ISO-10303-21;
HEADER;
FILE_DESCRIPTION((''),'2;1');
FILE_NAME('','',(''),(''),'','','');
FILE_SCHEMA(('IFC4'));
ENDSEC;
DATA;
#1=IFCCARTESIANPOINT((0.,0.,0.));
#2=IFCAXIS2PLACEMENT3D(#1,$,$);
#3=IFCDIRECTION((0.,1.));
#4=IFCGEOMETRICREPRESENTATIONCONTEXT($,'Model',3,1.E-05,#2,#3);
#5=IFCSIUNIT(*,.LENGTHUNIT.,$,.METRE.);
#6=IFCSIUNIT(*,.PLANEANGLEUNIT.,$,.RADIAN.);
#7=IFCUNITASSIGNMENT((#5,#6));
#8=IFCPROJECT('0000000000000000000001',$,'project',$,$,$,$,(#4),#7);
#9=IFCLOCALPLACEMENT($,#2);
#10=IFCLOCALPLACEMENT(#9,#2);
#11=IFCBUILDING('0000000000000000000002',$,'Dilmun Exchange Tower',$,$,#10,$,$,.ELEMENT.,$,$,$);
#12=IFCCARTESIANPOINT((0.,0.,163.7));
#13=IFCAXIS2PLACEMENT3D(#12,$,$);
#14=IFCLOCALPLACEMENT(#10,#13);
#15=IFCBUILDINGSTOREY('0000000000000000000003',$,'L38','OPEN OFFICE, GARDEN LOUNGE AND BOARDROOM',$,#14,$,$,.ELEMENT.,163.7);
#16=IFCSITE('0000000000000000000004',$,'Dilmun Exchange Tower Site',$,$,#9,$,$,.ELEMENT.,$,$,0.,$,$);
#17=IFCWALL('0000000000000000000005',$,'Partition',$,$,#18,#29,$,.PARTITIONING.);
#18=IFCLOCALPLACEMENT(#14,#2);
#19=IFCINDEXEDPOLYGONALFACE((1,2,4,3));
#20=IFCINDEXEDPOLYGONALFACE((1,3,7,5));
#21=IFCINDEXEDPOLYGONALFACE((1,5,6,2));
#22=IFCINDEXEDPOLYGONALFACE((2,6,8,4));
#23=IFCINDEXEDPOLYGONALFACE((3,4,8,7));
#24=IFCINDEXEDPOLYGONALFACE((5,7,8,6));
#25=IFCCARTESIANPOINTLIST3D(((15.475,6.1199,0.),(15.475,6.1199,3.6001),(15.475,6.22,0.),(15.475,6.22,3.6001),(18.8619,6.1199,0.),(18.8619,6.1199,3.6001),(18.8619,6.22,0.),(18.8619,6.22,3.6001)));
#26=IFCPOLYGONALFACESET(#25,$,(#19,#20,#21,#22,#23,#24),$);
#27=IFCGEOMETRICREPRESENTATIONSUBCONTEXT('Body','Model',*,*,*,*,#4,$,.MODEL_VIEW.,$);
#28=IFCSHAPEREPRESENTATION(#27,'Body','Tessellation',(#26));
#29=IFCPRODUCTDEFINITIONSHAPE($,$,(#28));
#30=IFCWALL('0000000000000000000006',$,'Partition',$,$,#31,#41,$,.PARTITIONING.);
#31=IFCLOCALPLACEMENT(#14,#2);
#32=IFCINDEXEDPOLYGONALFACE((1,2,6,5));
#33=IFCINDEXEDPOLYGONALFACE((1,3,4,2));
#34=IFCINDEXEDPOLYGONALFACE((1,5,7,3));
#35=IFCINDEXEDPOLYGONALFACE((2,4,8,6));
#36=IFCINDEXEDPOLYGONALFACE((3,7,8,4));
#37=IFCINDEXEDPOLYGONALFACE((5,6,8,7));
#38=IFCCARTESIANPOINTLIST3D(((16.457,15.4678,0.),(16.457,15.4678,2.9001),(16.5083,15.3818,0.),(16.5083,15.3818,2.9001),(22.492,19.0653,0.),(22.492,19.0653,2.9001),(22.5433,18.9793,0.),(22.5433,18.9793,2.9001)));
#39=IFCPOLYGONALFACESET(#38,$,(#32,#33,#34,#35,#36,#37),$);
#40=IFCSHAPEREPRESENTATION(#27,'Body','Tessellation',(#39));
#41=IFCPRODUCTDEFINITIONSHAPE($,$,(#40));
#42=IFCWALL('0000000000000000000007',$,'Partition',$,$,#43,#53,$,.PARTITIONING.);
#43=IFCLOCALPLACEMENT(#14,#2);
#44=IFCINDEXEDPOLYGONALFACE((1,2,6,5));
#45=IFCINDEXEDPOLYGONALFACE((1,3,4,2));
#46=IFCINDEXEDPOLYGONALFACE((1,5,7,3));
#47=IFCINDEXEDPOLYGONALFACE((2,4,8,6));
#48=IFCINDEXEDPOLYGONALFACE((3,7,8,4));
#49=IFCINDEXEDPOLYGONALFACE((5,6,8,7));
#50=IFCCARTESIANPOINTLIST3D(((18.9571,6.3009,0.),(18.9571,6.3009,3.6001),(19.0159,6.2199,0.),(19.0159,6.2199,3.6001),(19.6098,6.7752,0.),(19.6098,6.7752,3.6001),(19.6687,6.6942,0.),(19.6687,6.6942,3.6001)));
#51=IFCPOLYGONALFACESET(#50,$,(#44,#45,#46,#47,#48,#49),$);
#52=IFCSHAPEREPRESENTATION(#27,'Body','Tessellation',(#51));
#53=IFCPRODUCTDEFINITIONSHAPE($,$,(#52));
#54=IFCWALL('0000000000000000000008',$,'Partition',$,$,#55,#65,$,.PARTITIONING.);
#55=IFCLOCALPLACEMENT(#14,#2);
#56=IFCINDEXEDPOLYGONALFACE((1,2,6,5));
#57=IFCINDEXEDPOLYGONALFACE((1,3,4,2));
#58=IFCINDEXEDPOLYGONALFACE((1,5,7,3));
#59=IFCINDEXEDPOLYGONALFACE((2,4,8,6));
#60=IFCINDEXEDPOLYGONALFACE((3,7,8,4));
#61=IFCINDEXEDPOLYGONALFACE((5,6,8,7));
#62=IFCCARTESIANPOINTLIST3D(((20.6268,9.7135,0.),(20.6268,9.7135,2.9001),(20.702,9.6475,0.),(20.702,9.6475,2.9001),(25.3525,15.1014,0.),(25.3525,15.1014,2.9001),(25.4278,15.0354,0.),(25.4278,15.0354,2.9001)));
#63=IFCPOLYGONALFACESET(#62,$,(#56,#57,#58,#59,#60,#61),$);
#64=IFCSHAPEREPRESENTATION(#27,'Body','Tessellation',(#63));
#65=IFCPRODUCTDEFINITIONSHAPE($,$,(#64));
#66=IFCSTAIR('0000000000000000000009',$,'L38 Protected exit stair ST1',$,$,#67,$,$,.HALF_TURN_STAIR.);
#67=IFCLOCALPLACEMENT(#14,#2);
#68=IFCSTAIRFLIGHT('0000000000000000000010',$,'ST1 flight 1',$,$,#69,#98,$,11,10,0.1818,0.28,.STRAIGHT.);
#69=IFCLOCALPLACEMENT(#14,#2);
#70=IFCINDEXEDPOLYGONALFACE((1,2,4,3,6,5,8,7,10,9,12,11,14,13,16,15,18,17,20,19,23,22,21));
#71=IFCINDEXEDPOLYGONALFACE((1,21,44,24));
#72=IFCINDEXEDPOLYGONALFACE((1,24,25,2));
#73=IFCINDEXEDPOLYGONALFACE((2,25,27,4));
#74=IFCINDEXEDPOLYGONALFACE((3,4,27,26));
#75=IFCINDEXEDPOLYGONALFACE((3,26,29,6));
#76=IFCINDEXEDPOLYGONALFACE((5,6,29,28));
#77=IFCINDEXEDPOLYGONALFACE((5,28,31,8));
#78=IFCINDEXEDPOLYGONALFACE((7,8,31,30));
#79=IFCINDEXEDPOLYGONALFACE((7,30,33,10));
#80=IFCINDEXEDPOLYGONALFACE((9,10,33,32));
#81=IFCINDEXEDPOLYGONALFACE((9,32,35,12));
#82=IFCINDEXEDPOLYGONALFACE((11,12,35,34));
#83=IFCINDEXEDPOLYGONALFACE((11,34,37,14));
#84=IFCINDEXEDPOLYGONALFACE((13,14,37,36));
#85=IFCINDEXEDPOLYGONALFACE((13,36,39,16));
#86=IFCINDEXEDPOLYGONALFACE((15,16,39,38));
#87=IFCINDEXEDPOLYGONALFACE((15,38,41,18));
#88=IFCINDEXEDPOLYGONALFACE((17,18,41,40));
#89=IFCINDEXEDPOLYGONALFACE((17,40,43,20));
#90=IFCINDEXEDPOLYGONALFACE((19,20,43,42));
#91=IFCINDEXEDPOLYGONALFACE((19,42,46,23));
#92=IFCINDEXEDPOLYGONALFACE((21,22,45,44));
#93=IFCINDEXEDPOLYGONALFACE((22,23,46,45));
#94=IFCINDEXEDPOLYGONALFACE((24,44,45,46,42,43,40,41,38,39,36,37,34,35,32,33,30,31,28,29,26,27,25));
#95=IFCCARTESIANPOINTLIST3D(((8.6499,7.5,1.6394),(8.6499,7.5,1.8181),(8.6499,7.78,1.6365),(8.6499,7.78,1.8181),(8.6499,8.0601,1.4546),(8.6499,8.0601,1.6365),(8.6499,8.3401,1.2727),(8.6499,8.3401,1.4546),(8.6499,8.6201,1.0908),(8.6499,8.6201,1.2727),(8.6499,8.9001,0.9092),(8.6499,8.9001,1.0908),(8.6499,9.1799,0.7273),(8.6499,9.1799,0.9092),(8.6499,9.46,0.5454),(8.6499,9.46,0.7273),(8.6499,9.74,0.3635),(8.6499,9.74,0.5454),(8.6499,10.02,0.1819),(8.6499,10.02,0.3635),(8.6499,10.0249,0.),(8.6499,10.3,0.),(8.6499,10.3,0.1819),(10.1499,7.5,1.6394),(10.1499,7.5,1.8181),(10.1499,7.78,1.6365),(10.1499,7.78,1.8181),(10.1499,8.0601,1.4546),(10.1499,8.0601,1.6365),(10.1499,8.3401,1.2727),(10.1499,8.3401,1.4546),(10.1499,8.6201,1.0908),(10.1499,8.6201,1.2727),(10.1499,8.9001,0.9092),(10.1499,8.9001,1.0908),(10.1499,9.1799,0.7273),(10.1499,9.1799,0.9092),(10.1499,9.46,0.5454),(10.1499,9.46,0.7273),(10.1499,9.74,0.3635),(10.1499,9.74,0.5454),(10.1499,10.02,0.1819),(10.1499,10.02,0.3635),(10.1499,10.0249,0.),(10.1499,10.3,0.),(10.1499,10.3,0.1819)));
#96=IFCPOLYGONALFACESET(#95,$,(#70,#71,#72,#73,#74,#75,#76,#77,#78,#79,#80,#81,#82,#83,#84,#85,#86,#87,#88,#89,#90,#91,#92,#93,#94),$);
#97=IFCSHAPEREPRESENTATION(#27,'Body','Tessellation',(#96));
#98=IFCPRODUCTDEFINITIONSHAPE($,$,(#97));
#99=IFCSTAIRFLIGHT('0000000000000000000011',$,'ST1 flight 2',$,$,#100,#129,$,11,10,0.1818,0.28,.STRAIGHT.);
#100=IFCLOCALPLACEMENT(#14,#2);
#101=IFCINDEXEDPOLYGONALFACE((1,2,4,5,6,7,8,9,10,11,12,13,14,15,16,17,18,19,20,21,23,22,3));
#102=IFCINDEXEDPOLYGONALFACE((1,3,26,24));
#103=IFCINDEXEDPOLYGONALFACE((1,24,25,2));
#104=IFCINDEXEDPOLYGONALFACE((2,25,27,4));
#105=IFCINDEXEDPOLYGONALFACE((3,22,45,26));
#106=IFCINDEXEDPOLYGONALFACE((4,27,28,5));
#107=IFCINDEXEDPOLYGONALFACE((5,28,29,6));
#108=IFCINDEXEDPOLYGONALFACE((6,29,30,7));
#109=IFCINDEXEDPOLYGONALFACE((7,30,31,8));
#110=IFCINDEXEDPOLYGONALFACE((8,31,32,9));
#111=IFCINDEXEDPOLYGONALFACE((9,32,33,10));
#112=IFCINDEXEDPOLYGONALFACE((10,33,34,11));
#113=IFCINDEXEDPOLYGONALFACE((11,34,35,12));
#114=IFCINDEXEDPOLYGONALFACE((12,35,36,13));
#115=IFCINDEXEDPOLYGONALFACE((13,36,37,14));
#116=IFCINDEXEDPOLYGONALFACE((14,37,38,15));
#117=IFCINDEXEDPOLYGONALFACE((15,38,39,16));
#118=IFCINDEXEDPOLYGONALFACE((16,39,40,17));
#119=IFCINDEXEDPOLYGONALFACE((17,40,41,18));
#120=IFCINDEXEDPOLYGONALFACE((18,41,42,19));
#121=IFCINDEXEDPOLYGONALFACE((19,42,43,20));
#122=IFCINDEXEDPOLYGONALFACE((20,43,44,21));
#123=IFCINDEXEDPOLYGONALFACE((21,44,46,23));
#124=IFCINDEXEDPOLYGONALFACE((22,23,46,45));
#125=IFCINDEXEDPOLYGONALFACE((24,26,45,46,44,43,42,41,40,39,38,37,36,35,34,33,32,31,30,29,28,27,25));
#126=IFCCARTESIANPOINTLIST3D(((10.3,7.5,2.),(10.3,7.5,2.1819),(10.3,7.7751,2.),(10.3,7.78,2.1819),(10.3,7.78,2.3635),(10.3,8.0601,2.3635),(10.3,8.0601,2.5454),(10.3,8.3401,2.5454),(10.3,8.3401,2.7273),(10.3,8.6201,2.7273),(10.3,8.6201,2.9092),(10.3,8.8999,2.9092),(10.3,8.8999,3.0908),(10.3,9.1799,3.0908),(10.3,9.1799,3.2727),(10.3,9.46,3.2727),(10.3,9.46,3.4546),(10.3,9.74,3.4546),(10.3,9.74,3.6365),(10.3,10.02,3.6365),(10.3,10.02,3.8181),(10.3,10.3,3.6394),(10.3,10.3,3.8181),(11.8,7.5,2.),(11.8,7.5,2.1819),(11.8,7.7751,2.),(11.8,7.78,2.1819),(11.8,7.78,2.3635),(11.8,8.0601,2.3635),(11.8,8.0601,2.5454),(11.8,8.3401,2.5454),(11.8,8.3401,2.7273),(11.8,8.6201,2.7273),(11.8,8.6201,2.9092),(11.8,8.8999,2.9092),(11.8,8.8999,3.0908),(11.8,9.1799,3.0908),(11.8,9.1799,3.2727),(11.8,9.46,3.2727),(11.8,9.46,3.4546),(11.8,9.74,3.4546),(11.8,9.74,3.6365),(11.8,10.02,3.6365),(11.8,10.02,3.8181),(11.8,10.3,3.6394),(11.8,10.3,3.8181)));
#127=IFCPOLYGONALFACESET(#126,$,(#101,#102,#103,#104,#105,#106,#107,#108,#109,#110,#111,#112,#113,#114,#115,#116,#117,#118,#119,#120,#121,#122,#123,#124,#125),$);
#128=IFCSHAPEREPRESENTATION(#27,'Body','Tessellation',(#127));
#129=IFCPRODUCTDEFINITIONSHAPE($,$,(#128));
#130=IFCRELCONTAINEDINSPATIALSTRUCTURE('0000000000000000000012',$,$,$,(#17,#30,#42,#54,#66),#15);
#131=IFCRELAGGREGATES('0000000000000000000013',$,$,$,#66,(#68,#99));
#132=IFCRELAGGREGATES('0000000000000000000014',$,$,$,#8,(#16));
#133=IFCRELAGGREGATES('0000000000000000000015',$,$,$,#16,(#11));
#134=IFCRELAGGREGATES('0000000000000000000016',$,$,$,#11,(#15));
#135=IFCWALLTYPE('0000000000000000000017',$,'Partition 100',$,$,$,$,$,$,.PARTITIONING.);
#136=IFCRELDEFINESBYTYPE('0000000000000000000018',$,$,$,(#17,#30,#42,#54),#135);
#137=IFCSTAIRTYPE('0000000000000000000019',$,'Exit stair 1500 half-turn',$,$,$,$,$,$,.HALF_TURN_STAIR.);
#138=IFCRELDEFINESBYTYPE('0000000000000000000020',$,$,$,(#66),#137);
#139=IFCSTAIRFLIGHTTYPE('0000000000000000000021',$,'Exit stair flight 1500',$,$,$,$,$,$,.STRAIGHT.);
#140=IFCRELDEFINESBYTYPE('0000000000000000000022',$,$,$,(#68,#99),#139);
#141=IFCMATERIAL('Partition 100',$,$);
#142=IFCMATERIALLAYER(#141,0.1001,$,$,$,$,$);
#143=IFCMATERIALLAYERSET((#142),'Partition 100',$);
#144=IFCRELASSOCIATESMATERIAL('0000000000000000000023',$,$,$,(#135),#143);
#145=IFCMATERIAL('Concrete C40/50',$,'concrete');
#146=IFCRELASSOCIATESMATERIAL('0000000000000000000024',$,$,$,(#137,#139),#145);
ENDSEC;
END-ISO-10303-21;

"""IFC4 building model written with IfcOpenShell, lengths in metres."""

from ifc_helpers import new_model, si_unit, direction, frame, frame_2d, origin, place, context, subcontext, project, spatial, polyline, rectangle, outline, extrude, material, layer, layer_set, type_object, element, aggregate, save


model = new_model("IFC4")

# Units and contexts
model_context = context("Model", 3, precision=1e-05, world=origin(), true_north=direction((0.0, 1.0)))
body_context = subcontext(model_context, "Body", "Model", "MODEL_VIEW")
ifc_project = project(units=[si_unit("LENGTHUNIT", "METRE"), si_unit("PLANEANGLEUNIT", "RADIAN")], contexts=[model_context])

# Site, building, storey
site_placement = place(None, origin())
site = spatial("IfcSite", under=ifc_project, at=site_placement, Name="Dilmun Exchange Tower Site", CompositionType="ELEMENT", RefElevation=0.0)
building_placement = place(site_placement, origin())
building = spatial("IfcBuilding", under=site, at=building_placement, Name="Dilmun Exchange Tower", CompositionType="ELEMENT")
storey_placement = place(building_placement, frame((0.0, 0.0, 163.7)))
storey = spatial("IfcBuildingStorey", under=building, at=storey_placement, Name="L38", Description="OPEN OFFICE, GARDEN LOUNGE AND BOARDROOM", CompositionType="ELEMENT", Elevation=163.7)

# Shared definitions
ifc_material_1 = material(Name="Concrete C40/50", Category="concrete")

# Walls
ifc_material_2 = material(Name="Partition 100")
ifc_layer_1 = layer(ifc_material_2, 0.1001)
ifc_layer_set_1 = layer_set([ifc_layer_1], Name="Partition 100")
wall_type_1 = type_object("IfcWallType", Name="Partition 100", PredefinedType="PARTITIONING", material=ifc_layer_set_1)
wall_1_placement = place(storey_placement, frame((15.4751, 6.1699, 0.0), z_axis=(0.0, 0.0, 1.0), x_axis=(1.0, 0.0, 0.0)))
element("IfcWall", 1, at=wall_1_placement, inside=storey, type_object=wall_type_1, Name="Partition", PredefinedType="PARTITIONING", context=body_context, shape_type="SweptSolid", body=[
    extrude(rectangle(XDim=3.387, YDim=0.1001, at=frame_2d((1.6934, 0.0))), origin(), (0.0, 0.0, 1.0), 3.6001),
])
wall_2_placement = place(storey_placement, frame((16.4827, 15.4248, 0.0), z_axis=(0.0, 0.0, 1.0), x_axis=(0.858967, 0.512031, 0.0)))
element("IfcWall", 2, at=wall_2_placement, inside=storey, type_object=wall_type_1, Name="Partition", PredefinedType="PARTITIONING", context=body_context, shape_type="SweptSolid", body=[
    extrude(rectangle(XDim=7.0259, YDim=0.1001, at=frame_2d((3.5129, 0.0))), origin(), (0.0, 0.0, 1.0), 2.9001),
])
wall_3_placement = place(storey_placement, frame((18.9866, 6.2605, 0.0), z_axis=(0.0, 0.0, 1.0), x_axis=(0.808985, 0.58783, 0.0)))
element("IfcWall", 3, at=wall_3_placement, inside=storey, type_object=wall_type_1, Name="Partition", PredefinedType="PARTITIONING", context=body_context, shape_type="SweptSolid", body=[
    extrude(rectangle(XDim=0.8069, YDim=0.1001, at=frame_2d((0.4033, 0.0))), origin(), (0.0, 0.0, 1.0), 3.6001),
])
wall_4_placement = place(storey_placement, frame((20.6643, 9.6804, 0.0), z_axis=(0.0, 0.0, 1.0), x_axis=(0.659404, 0.751789, 0.0)))
element("IfcWall", 4, at=wall_4_placement, inside=storey, type_object=wall_type_1, Name="Partition", PredefinedType="PARTITIONING", context=body_context, shape_type="SweptSolid", body=[
    extrude(rectangle(XDim=7.1667, YDim=0.1001, at=frame_2d((3.5835, 0.0))), origin(), (0.0, 0.0, 1.0), 2.9001),
])

# Stair, stair flights
stair_type = type_object("IfcStairType", Name="Exit stair 1500 half-turn", PredefinedType="HALF_TURN_STAIR", material=ifc_material_1)
stair_placement = place(storey_placement, origin())
stair = element("IfcStair", 5, at=stair_placement, inside=storey, type_object=stair_type, Name="L38 Protected exit stair ST1", PredefinedType="HALF_TURN_STAIR")
stair_flight_type = type_object("IfcStairFlightType", Name="Exit stair flight 1500", PredefinedType="STRAIGHT", material=ifc_material_1)
stair_flight_1_placement = place(storey_placement, frame((9.3999, 10.3, 0.0), z_axis=(0.0, 0.0, 1.0), x_axis=(0.0, -1.0, 0.0)))
stair_flight_1 = element("IfcStairFlight", 6, at=stair_flight_1_placement, type_object=stair_flight_type, Name="ST1 flight 1", NumberOfRisers=11, NumberOfTreads=10, PredefinedType="STRAIGHT", RiserHeight=0.1818, TreadLength=0.28, context=body_context, shape_type="SweptSolid", body=[
    extrude(outline(polyline([(0.0, 0.0), (0.0, 0.1819), (0.28, 0.1819), (0.28, 0.3635), (0.5601, 0.3635), (0.5601, 0.5454), (0.8401, 0.5454), (0.8401, 0.7273), (1.1201, 0.7273), (1.1201, 0.9092), (1.3999, 0.9092), (1.3999, 1.0908), (1.6799, 1.0908), (1.6799, 1.2727), (1.96, 1.2727), (1.96, 1.4546), (2.24, 1.4546), (2.24, 1.6365), (2.52, 1.6365), (2.52, 1.8181), (2.8, 1.8181), (2.8, 2.0), (2.8, 1.6394), (0.2751, 0.0), (0.0, 0.0)])), frame((0.0, 0.75, 0.0), z_axis=(0.0, -1.0, 0.0), x_axis=(1.0, 0.0, 0.0)), (0.0, 0.0, 1.0), 1.5),
])
stair_flight_2_placement = place(storey_placement, frame((11.05, 7.5, 2.0), z_axis=(0.0, 0.0, 1.0), x_axis=(0.0, 1.0, 0.0)))
stair_flight_2 = element("IfcStairFlight", 7, at=stair_flight_2_placement, type_object=stair_flight_type, Name="ST1 flight 2", NumberOfRisers=11, NumberOfTreads=10, PredefinedType="STRAIGHT", RiserHeight=0.1818, TreadLength=0.28, context=body_context, shape_type="SweptSolid", body=[
    extrude(outline(polyline([(0.0, 0.0), (0.0, 0.1819), (0.28, 0.1819), (0.28, 0.3635), (0.5601, 0.3635), (0.5601, 0.5454), (0.8401, 0.5454), (0.8401, 0.7273), (1.1201, 0.7273), (1.1201, 0.9092), (1.3999, 0.9092), (1.3999, 1.0908), (1.6799, 1.0908), (1.6799, 1.2727), (1.96, 1.2727), (1.96, 1.4546), (2.24, 1.4546), (2.24, 1.6365), (2.52, 1.6365), (2.52, 1.8181), (2.8, 1.8181), (2.8, 2.0), (2.8, 1.6394), (0.2751, 0.0), (0.0, 0.0)])), frame((0.0, 0.75, 0.0), z_axis=(0.0, -1.0, 0.0), x_axis=(1.0, 0.0, 0.0)), (0.0, 0.0, 1.0), 1.5),
])
aggregate(stair, [stair_flight_1, stair_flight_2])

save(model, "model.ifc")
